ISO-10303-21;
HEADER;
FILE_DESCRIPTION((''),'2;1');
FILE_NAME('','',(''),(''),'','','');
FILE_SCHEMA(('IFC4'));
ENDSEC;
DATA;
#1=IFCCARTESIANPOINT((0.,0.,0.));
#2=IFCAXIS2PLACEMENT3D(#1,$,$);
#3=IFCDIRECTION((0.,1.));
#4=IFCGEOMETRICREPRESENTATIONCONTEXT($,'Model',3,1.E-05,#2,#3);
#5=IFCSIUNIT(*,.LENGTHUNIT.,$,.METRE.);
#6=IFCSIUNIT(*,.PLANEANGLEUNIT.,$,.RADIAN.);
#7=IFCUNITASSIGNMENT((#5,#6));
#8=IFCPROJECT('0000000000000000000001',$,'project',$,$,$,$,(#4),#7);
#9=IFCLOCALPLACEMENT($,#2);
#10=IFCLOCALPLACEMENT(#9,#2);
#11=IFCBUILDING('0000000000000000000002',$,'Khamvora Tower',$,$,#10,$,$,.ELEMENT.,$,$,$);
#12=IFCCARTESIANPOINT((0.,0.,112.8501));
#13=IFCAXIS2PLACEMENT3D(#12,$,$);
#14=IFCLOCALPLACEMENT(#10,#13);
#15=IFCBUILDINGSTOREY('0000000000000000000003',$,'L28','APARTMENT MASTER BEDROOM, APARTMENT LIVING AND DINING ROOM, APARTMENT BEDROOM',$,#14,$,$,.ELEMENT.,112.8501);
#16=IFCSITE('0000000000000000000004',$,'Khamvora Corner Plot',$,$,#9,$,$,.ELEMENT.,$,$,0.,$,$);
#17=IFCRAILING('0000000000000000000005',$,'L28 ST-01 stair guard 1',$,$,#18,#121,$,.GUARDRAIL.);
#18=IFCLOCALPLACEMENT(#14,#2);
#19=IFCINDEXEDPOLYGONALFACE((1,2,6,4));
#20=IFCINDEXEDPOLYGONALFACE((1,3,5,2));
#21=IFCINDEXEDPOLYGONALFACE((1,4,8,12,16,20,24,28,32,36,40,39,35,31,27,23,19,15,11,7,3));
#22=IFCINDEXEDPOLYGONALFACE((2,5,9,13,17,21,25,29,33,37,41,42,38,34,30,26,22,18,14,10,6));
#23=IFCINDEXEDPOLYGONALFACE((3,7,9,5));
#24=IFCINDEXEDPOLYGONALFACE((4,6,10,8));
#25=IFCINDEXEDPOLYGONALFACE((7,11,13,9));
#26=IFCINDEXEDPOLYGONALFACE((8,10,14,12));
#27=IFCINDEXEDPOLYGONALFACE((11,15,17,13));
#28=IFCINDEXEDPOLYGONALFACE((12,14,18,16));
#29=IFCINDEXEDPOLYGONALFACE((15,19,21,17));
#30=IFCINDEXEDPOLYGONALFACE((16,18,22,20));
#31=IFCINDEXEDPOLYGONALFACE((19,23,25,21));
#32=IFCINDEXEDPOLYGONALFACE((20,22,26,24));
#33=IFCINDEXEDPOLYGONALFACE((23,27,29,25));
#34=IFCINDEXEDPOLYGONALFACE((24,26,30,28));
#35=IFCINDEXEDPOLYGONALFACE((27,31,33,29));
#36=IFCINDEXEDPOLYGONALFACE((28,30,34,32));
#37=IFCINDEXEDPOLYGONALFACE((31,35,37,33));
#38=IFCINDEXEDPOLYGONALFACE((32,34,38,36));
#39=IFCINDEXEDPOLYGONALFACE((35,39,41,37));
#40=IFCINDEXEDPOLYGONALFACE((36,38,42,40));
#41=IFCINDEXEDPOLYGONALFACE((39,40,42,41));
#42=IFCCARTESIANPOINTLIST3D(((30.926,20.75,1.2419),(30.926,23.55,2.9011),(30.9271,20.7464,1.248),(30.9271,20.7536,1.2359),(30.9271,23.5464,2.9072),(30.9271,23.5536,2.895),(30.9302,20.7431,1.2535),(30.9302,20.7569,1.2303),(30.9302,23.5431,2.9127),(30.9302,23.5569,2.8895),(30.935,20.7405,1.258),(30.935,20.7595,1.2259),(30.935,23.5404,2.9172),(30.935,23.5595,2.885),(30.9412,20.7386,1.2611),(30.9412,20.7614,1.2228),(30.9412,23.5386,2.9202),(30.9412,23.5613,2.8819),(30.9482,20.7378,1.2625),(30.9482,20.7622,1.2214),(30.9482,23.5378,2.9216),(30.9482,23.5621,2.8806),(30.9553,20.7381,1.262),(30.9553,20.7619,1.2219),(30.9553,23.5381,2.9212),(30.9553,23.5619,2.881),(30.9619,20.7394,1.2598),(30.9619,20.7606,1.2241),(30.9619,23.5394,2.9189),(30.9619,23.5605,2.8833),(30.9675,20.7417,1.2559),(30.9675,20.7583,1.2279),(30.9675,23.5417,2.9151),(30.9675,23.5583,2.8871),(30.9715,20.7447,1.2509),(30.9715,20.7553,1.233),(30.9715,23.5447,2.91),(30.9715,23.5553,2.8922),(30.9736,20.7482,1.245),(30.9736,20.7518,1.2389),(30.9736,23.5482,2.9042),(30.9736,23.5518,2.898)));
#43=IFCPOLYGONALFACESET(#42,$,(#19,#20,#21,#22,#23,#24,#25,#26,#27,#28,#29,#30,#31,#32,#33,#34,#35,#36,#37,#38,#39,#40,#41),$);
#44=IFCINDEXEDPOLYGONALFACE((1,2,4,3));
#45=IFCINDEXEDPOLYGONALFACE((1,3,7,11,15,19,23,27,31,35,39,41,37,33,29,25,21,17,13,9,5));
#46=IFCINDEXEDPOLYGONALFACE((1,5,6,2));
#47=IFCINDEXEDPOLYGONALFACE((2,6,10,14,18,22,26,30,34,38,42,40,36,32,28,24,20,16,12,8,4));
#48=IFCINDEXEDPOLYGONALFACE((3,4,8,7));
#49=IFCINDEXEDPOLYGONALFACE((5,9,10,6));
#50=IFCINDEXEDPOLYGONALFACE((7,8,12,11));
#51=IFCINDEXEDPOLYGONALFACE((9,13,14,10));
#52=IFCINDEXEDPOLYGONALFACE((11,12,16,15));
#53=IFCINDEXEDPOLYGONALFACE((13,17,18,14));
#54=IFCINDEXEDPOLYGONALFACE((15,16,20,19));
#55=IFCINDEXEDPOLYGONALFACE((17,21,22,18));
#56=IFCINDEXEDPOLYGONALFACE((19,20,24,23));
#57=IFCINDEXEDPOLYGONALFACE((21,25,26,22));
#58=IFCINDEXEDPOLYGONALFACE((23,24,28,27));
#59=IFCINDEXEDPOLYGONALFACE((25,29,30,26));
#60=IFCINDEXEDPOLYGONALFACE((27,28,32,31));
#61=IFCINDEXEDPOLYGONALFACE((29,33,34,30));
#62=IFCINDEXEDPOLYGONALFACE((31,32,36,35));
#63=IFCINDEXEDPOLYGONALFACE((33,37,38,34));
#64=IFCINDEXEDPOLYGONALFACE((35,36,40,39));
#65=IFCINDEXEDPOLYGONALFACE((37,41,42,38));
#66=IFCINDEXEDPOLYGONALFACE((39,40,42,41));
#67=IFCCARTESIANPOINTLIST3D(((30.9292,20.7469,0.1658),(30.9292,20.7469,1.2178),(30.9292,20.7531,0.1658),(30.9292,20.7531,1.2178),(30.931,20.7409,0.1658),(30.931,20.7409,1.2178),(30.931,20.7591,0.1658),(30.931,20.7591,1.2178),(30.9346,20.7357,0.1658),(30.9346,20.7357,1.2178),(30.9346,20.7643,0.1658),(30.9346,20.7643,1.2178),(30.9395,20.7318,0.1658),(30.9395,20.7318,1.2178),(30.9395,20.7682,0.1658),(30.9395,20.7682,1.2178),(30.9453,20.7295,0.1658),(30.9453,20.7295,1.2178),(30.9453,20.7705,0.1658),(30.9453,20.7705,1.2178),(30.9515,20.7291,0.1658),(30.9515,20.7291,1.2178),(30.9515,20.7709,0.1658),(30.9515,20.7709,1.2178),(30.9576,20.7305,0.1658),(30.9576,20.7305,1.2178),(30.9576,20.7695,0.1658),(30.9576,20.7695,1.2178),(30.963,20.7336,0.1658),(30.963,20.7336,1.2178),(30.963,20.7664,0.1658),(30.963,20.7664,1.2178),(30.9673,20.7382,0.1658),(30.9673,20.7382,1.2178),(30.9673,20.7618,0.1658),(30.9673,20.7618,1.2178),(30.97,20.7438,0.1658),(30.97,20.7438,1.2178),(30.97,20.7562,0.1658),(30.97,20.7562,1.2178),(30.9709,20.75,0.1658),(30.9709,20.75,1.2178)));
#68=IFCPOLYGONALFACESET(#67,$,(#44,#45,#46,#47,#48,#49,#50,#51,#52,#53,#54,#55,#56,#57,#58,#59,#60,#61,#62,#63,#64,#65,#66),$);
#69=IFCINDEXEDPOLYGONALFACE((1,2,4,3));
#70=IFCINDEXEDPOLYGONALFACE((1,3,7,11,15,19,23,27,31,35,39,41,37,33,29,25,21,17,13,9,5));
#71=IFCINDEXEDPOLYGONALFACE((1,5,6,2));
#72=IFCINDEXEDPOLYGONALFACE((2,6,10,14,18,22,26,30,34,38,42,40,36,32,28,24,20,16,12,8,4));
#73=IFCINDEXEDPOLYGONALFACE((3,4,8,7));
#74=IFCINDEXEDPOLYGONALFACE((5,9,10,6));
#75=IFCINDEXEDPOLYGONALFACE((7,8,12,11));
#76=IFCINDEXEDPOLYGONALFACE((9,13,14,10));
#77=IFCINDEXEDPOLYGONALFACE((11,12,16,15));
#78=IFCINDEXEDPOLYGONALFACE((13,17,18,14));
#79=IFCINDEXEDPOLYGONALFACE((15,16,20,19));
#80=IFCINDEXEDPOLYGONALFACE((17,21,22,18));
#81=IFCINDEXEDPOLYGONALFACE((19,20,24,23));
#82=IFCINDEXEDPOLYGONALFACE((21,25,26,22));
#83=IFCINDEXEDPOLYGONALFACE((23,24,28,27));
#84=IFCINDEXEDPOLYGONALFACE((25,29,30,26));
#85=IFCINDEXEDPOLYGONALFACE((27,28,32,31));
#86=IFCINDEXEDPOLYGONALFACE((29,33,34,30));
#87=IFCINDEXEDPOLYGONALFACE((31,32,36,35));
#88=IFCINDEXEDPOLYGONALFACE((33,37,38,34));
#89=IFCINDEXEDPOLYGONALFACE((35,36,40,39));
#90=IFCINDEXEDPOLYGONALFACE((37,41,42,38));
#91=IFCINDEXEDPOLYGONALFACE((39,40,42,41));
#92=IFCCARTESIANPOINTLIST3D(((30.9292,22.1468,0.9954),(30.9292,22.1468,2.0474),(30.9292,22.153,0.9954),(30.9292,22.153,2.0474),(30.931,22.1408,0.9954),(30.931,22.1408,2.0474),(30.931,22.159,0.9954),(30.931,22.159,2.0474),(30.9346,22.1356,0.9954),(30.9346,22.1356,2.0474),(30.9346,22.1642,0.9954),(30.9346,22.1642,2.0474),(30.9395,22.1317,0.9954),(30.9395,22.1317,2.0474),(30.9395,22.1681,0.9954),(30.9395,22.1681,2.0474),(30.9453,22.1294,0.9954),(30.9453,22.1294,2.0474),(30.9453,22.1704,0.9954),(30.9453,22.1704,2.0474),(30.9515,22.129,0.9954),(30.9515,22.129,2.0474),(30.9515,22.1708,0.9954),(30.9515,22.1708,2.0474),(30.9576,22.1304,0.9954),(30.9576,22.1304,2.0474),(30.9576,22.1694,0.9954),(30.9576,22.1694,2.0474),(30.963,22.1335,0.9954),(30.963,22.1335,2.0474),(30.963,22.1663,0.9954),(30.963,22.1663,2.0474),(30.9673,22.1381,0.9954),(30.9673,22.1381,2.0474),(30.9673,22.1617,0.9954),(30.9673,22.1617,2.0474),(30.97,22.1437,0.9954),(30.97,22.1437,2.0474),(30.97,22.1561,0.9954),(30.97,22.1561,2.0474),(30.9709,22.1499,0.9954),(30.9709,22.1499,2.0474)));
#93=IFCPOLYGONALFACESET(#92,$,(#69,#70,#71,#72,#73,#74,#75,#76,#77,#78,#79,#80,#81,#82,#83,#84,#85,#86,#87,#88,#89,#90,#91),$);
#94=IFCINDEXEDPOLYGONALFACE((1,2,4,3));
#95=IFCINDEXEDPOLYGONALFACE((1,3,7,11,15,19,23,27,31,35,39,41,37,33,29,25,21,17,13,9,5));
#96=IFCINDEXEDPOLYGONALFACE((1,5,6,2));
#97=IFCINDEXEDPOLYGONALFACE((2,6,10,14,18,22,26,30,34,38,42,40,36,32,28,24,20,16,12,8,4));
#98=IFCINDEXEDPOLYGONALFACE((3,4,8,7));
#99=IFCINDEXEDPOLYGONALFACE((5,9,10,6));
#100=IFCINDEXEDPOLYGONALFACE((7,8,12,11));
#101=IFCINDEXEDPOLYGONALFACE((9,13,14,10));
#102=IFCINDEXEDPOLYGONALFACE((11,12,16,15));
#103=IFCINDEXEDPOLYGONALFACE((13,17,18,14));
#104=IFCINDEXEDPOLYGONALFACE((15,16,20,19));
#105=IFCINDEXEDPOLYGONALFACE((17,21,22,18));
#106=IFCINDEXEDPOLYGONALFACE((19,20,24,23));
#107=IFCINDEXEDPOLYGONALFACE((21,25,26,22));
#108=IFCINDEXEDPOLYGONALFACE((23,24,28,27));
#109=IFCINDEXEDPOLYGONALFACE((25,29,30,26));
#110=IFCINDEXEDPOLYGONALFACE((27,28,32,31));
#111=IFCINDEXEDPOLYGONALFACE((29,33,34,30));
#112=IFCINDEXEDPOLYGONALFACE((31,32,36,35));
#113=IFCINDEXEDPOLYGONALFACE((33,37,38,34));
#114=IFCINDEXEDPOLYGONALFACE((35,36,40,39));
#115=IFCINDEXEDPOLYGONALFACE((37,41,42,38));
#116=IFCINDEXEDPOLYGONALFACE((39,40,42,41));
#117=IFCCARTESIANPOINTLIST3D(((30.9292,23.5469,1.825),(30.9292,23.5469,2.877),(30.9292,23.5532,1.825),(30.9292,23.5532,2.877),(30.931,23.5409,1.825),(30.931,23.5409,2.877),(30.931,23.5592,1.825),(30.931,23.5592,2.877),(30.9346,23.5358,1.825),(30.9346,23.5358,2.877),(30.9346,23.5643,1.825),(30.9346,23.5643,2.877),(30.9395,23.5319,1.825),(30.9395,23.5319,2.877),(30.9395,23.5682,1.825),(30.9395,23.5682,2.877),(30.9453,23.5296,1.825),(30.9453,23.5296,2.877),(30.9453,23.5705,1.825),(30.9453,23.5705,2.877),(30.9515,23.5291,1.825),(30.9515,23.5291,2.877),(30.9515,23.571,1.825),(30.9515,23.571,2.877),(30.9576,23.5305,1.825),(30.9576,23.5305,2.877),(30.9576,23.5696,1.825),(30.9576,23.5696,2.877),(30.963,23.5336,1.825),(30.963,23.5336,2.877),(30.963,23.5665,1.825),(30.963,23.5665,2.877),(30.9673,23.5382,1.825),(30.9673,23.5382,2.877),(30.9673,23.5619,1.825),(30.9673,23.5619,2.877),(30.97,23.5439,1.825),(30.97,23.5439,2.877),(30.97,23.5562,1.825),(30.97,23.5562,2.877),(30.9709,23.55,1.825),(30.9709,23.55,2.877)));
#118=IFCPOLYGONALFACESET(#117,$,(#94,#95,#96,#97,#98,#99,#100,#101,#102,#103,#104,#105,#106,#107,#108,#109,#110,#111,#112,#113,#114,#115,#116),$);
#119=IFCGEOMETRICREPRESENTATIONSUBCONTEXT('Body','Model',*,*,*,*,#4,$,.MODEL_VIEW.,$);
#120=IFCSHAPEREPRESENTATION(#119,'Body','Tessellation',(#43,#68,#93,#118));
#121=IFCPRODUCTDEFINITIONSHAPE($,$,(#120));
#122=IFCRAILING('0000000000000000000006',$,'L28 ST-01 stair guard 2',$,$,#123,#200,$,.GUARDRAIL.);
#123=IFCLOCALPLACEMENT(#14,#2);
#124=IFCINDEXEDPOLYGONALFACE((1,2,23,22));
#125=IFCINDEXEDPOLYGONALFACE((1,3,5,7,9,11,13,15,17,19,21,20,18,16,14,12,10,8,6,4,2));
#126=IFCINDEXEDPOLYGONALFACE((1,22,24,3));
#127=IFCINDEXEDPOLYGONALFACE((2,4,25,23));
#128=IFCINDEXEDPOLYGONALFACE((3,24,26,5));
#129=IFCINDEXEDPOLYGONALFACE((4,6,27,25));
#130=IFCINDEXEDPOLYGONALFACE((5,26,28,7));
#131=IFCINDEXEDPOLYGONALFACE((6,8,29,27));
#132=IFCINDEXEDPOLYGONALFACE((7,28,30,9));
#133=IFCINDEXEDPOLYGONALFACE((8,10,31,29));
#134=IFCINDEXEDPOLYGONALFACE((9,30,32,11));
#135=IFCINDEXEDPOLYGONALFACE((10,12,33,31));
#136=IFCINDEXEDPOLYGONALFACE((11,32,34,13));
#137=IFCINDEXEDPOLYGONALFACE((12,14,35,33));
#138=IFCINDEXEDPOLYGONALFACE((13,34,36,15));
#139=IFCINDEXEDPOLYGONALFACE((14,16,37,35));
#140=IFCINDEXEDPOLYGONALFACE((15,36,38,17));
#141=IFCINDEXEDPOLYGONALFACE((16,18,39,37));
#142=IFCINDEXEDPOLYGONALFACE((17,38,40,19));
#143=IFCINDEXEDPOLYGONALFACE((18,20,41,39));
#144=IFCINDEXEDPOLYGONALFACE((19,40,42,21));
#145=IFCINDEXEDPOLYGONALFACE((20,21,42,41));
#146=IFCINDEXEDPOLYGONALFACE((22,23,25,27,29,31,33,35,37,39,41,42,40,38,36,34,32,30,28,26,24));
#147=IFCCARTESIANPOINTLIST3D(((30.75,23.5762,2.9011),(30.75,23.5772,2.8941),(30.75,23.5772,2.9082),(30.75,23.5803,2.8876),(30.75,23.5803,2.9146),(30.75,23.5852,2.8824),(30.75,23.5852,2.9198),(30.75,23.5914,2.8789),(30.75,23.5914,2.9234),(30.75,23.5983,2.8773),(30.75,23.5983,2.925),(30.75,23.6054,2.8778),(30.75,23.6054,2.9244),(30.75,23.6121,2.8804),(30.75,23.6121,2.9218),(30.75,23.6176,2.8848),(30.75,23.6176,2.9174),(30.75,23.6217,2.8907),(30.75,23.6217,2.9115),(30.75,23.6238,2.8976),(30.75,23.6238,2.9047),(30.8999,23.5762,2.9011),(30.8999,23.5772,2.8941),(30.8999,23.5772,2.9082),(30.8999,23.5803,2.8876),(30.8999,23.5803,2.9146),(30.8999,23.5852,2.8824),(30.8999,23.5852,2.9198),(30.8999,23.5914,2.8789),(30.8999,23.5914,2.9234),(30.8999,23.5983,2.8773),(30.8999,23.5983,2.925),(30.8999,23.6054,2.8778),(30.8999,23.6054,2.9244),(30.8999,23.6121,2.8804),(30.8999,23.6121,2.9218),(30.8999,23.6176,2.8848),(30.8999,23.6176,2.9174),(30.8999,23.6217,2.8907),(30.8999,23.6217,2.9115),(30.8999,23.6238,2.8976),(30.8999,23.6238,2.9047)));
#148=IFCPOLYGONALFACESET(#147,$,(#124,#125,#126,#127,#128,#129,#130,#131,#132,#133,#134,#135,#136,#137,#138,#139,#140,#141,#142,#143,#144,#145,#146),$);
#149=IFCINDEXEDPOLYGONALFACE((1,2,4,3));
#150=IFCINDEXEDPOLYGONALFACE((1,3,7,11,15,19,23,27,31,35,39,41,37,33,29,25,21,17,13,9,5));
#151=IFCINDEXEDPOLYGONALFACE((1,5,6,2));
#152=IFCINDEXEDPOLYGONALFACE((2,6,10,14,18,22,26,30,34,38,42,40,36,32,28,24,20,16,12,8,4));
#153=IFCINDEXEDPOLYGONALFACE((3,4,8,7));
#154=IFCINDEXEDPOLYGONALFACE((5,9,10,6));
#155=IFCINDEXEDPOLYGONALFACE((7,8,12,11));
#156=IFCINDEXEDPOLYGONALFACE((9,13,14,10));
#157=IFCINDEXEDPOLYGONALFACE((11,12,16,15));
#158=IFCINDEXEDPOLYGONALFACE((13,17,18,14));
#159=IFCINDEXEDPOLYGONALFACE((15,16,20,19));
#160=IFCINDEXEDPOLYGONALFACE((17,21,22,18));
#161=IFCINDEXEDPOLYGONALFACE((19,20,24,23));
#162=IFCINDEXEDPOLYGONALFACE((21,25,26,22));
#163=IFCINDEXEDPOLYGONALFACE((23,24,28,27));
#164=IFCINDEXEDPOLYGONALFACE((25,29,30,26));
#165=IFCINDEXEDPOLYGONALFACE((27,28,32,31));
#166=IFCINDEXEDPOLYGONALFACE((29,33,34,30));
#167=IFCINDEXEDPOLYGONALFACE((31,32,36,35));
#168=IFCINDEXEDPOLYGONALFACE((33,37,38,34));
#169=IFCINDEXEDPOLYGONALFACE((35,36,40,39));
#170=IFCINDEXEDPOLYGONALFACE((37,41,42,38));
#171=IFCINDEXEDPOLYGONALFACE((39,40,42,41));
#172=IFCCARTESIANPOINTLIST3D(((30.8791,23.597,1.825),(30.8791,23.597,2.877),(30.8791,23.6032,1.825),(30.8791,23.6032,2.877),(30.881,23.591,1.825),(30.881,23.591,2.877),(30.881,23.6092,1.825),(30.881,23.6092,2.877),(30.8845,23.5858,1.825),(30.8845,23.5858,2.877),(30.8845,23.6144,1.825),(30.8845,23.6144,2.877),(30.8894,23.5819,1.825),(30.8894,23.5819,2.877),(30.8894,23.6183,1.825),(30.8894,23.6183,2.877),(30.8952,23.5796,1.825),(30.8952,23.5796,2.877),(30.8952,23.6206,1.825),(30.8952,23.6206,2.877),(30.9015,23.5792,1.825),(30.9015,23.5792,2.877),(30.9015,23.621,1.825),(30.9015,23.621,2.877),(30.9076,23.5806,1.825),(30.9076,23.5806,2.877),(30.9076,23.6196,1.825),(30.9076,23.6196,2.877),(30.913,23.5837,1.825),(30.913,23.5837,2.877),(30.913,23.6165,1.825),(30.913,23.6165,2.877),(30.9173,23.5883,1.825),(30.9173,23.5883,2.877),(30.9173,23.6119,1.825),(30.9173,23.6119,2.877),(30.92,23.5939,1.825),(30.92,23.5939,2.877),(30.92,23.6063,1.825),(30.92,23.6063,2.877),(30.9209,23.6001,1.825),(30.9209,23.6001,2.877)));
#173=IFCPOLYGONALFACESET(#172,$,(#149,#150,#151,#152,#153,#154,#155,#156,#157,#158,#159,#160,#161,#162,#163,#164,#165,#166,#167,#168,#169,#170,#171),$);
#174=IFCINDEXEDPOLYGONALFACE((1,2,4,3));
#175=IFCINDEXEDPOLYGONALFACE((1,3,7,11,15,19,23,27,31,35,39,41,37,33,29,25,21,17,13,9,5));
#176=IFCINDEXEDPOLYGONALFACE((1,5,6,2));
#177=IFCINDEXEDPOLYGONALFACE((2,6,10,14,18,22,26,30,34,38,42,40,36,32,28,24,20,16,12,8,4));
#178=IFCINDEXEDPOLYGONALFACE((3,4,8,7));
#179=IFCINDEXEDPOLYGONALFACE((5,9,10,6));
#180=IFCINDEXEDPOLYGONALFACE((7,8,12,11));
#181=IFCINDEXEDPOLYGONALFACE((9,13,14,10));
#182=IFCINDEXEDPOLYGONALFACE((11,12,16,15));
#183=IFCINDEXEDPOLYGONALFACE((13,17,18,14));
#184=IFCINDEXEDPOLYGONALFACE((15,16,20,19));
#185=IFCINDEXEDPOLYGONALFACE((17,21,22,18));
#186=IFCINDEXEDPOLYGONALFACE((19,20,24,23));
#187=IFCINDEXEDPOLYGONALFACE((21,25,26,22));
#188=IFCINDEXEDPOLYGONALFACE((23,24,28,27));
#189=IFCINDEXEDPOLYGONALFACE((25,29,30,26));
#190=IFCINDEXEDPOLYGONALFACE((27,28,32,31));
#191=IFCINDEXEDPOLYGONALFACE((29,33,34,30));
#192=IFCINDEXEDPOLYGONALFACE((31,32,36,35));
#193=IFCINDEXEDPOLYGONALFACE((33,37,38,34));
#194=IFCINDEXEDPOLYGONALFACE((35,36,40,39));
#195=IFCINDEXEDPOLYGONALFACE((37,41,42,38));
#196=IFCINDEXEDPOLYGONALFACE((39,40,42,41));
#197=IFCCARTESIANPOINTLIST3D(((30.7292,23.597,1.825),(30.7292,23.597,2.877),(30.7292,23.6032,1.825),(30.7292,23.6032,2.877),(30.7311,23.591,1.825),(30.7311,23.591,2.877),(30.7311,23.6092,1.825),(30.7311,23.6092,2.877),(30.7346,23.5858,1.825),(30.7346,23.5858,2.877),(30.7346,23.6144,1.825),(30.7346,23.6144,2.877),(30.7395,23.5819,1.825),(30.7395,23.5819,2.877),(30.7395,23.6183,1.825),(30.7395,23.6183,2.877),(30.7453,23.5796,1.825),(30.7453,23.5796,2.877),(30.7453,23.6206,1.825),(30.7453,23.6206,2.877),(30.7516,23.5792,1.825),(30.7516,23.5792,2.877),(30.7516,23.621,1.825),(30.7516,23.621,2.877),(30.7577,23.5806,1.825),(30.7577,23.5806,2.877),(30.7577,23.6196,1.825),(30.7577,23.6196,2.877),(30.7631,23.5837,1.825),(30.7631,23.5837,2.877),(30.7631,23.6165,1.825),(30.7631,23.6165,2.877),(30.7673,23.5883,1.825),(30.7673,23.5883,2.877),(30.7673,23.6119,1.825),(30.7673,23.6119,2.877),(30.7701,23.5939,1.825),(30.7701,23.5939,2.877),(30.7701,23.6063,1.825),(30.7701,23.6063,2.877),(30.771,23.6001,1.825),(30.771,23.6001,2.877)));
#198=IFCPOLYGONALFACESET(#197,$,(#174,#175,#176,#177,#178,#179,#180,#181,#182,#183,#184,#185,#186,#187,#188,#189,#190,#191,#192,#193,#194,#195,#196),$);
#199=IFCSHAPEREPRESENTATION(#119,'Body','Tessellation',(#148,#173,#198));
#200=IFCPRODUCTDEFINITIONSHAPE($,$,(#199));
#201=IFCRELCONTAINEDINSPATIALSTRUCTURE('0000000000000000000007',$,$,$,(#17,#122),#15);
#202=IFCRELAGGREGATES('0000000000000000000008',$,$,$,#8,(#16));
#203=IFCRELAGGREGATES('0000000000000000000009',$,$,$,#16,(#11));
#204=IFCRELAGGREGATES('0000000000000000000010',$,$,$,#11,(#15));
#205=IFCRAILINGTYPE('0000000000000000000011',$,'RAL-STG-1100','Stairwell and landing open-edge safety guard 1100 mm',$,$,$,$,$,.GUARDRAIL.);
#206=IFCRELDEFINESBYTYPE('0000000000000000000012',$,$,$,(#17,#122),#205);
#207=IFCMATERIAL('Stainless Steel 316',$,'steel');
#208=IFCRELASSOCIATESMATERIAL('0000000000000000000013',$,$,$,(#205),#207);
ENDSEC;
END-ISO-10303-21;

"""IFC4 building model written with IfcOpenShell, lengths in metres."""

from ifc_helpers import new_model, si_unit, direction, frame, origin, origin_2d, place, context, subcontext, project, spatial, circle, extrude, material, type_object, element, save


model = new_model("IFC4")

# Units and contexts
model_context = context("Model", 3, precision=1e-05, world=origin(), true_north=direction((0.0, 1.0)))
body_context = subcontext(model_context, "Body", "Model", "MODEL_VIEW")
ifc_project = project(units=[si_unit("LENGTHUNIT", "METRE"), si_unit("PLANEANGLEUNIT", "RADIAN")], contexts=[model_context])

# Site, building, storey
site_placement = place(None, origin())
site = spatial("IfcSite", under=ifc_project, at=site_placement, Name="Khamvora Corner Plot", CompositionType="ELEMENT", RefElevation=0.0)
building_placement = place(site_placement, origin())
building = spatial("IfcBuilding", under=site, at=building_placement, Name="Khamvora Tower", CompositionType="ELEMENT")
storey_placement = place(building_placement, frame((0.0, 0.0, 112.8501)))
storey = spatial("IfcBuildingStorey", under=building, at=storey_placement, Name="L28", Description="APARTMENT MASTER BEDROOM, APARTMENT LIVING AND DINING ROOM, APARTMENT BEDROOM", CompositionType="ELEMENT", Elevation=112.8501)

# Railings
ifc_material_1 = material(Name="Stainless Steel 316", Category="steel")
railing_type_1 = type_object("IfcRailingType", Name="RAL-STG-1100", Description="Stairwell and landing open-edge safety guard 1100 mm", PredefinedType="GUARDRAIL", material=ifc_material_1)
railing_1_placement = place(storey_placement, frame((30.95, 20.75, 0.1658)))
element("IfcRailing", 1, at=railing_1_placement, inside=storey, type_object=railing_type_1, Name="L28 ST-01 stair guard 1", PredefinedType="GUARDRAIL", context=body_context, shape_type="SweptSolid", body=[
    extrude(circle(Radius=0.0239, at=origin_2d()), frame((0.0, 0.0, 1.0762), z_axis=(0.0, 0.860306, 0.509778), x_axis=(-1.0, 0.0, 0.0)), (0.0, 0.0, 1.0), 3.2546),
    extrude(circle(Radius=0.021, at=origin_2d()), origin(), (0.0, 0.0, 1.0), 1.052),
    extrude(circle(Radius=0.021, at=origin_2d()), frame((0.0, 1.3999, 0.8296)), (0.0, 0.0, 1.0), 1.052),
    extrude(circle(Radius=0.021, at=origin_2d()), frame((0.0, 2.8, 1.6592)), (0.0, 0.0, 1.0), 1.052),
])
railing_2_placement = place(storey_placement, frame((30.8999, 23.6001, 1.825)))
element("IfcRailing", 2, at=railing_2_placement, inside=storey, type_object=railing_type_1, Name="L28 ST-01 stair guard 2", PredefinedType="GUARDRAIL", context=body_context, shape_type="SweptSolid", body=[
    extrude(circle(Radius=0.0239, at=origin_2d()), frame((0.0, 0.0, 1.0762), z_axis=(-1.0, 0.0, 0.0), x_axis=(0.0, -1.0, 0.0)), (0.0, 0.0, 1.0), 0.1499),
    extrude(circle(Radius=0.021, at=origin_2d()), origin(), (0.0, 0.0, 1.0), 1.052),
    extrude(circle(Radius=0.021, at=origin_2d()), frame((-0.1499, 0.0, 0.0)), (0.0, 0.0, 1.0), 1.052),
])

save(model, "model.ifc")
